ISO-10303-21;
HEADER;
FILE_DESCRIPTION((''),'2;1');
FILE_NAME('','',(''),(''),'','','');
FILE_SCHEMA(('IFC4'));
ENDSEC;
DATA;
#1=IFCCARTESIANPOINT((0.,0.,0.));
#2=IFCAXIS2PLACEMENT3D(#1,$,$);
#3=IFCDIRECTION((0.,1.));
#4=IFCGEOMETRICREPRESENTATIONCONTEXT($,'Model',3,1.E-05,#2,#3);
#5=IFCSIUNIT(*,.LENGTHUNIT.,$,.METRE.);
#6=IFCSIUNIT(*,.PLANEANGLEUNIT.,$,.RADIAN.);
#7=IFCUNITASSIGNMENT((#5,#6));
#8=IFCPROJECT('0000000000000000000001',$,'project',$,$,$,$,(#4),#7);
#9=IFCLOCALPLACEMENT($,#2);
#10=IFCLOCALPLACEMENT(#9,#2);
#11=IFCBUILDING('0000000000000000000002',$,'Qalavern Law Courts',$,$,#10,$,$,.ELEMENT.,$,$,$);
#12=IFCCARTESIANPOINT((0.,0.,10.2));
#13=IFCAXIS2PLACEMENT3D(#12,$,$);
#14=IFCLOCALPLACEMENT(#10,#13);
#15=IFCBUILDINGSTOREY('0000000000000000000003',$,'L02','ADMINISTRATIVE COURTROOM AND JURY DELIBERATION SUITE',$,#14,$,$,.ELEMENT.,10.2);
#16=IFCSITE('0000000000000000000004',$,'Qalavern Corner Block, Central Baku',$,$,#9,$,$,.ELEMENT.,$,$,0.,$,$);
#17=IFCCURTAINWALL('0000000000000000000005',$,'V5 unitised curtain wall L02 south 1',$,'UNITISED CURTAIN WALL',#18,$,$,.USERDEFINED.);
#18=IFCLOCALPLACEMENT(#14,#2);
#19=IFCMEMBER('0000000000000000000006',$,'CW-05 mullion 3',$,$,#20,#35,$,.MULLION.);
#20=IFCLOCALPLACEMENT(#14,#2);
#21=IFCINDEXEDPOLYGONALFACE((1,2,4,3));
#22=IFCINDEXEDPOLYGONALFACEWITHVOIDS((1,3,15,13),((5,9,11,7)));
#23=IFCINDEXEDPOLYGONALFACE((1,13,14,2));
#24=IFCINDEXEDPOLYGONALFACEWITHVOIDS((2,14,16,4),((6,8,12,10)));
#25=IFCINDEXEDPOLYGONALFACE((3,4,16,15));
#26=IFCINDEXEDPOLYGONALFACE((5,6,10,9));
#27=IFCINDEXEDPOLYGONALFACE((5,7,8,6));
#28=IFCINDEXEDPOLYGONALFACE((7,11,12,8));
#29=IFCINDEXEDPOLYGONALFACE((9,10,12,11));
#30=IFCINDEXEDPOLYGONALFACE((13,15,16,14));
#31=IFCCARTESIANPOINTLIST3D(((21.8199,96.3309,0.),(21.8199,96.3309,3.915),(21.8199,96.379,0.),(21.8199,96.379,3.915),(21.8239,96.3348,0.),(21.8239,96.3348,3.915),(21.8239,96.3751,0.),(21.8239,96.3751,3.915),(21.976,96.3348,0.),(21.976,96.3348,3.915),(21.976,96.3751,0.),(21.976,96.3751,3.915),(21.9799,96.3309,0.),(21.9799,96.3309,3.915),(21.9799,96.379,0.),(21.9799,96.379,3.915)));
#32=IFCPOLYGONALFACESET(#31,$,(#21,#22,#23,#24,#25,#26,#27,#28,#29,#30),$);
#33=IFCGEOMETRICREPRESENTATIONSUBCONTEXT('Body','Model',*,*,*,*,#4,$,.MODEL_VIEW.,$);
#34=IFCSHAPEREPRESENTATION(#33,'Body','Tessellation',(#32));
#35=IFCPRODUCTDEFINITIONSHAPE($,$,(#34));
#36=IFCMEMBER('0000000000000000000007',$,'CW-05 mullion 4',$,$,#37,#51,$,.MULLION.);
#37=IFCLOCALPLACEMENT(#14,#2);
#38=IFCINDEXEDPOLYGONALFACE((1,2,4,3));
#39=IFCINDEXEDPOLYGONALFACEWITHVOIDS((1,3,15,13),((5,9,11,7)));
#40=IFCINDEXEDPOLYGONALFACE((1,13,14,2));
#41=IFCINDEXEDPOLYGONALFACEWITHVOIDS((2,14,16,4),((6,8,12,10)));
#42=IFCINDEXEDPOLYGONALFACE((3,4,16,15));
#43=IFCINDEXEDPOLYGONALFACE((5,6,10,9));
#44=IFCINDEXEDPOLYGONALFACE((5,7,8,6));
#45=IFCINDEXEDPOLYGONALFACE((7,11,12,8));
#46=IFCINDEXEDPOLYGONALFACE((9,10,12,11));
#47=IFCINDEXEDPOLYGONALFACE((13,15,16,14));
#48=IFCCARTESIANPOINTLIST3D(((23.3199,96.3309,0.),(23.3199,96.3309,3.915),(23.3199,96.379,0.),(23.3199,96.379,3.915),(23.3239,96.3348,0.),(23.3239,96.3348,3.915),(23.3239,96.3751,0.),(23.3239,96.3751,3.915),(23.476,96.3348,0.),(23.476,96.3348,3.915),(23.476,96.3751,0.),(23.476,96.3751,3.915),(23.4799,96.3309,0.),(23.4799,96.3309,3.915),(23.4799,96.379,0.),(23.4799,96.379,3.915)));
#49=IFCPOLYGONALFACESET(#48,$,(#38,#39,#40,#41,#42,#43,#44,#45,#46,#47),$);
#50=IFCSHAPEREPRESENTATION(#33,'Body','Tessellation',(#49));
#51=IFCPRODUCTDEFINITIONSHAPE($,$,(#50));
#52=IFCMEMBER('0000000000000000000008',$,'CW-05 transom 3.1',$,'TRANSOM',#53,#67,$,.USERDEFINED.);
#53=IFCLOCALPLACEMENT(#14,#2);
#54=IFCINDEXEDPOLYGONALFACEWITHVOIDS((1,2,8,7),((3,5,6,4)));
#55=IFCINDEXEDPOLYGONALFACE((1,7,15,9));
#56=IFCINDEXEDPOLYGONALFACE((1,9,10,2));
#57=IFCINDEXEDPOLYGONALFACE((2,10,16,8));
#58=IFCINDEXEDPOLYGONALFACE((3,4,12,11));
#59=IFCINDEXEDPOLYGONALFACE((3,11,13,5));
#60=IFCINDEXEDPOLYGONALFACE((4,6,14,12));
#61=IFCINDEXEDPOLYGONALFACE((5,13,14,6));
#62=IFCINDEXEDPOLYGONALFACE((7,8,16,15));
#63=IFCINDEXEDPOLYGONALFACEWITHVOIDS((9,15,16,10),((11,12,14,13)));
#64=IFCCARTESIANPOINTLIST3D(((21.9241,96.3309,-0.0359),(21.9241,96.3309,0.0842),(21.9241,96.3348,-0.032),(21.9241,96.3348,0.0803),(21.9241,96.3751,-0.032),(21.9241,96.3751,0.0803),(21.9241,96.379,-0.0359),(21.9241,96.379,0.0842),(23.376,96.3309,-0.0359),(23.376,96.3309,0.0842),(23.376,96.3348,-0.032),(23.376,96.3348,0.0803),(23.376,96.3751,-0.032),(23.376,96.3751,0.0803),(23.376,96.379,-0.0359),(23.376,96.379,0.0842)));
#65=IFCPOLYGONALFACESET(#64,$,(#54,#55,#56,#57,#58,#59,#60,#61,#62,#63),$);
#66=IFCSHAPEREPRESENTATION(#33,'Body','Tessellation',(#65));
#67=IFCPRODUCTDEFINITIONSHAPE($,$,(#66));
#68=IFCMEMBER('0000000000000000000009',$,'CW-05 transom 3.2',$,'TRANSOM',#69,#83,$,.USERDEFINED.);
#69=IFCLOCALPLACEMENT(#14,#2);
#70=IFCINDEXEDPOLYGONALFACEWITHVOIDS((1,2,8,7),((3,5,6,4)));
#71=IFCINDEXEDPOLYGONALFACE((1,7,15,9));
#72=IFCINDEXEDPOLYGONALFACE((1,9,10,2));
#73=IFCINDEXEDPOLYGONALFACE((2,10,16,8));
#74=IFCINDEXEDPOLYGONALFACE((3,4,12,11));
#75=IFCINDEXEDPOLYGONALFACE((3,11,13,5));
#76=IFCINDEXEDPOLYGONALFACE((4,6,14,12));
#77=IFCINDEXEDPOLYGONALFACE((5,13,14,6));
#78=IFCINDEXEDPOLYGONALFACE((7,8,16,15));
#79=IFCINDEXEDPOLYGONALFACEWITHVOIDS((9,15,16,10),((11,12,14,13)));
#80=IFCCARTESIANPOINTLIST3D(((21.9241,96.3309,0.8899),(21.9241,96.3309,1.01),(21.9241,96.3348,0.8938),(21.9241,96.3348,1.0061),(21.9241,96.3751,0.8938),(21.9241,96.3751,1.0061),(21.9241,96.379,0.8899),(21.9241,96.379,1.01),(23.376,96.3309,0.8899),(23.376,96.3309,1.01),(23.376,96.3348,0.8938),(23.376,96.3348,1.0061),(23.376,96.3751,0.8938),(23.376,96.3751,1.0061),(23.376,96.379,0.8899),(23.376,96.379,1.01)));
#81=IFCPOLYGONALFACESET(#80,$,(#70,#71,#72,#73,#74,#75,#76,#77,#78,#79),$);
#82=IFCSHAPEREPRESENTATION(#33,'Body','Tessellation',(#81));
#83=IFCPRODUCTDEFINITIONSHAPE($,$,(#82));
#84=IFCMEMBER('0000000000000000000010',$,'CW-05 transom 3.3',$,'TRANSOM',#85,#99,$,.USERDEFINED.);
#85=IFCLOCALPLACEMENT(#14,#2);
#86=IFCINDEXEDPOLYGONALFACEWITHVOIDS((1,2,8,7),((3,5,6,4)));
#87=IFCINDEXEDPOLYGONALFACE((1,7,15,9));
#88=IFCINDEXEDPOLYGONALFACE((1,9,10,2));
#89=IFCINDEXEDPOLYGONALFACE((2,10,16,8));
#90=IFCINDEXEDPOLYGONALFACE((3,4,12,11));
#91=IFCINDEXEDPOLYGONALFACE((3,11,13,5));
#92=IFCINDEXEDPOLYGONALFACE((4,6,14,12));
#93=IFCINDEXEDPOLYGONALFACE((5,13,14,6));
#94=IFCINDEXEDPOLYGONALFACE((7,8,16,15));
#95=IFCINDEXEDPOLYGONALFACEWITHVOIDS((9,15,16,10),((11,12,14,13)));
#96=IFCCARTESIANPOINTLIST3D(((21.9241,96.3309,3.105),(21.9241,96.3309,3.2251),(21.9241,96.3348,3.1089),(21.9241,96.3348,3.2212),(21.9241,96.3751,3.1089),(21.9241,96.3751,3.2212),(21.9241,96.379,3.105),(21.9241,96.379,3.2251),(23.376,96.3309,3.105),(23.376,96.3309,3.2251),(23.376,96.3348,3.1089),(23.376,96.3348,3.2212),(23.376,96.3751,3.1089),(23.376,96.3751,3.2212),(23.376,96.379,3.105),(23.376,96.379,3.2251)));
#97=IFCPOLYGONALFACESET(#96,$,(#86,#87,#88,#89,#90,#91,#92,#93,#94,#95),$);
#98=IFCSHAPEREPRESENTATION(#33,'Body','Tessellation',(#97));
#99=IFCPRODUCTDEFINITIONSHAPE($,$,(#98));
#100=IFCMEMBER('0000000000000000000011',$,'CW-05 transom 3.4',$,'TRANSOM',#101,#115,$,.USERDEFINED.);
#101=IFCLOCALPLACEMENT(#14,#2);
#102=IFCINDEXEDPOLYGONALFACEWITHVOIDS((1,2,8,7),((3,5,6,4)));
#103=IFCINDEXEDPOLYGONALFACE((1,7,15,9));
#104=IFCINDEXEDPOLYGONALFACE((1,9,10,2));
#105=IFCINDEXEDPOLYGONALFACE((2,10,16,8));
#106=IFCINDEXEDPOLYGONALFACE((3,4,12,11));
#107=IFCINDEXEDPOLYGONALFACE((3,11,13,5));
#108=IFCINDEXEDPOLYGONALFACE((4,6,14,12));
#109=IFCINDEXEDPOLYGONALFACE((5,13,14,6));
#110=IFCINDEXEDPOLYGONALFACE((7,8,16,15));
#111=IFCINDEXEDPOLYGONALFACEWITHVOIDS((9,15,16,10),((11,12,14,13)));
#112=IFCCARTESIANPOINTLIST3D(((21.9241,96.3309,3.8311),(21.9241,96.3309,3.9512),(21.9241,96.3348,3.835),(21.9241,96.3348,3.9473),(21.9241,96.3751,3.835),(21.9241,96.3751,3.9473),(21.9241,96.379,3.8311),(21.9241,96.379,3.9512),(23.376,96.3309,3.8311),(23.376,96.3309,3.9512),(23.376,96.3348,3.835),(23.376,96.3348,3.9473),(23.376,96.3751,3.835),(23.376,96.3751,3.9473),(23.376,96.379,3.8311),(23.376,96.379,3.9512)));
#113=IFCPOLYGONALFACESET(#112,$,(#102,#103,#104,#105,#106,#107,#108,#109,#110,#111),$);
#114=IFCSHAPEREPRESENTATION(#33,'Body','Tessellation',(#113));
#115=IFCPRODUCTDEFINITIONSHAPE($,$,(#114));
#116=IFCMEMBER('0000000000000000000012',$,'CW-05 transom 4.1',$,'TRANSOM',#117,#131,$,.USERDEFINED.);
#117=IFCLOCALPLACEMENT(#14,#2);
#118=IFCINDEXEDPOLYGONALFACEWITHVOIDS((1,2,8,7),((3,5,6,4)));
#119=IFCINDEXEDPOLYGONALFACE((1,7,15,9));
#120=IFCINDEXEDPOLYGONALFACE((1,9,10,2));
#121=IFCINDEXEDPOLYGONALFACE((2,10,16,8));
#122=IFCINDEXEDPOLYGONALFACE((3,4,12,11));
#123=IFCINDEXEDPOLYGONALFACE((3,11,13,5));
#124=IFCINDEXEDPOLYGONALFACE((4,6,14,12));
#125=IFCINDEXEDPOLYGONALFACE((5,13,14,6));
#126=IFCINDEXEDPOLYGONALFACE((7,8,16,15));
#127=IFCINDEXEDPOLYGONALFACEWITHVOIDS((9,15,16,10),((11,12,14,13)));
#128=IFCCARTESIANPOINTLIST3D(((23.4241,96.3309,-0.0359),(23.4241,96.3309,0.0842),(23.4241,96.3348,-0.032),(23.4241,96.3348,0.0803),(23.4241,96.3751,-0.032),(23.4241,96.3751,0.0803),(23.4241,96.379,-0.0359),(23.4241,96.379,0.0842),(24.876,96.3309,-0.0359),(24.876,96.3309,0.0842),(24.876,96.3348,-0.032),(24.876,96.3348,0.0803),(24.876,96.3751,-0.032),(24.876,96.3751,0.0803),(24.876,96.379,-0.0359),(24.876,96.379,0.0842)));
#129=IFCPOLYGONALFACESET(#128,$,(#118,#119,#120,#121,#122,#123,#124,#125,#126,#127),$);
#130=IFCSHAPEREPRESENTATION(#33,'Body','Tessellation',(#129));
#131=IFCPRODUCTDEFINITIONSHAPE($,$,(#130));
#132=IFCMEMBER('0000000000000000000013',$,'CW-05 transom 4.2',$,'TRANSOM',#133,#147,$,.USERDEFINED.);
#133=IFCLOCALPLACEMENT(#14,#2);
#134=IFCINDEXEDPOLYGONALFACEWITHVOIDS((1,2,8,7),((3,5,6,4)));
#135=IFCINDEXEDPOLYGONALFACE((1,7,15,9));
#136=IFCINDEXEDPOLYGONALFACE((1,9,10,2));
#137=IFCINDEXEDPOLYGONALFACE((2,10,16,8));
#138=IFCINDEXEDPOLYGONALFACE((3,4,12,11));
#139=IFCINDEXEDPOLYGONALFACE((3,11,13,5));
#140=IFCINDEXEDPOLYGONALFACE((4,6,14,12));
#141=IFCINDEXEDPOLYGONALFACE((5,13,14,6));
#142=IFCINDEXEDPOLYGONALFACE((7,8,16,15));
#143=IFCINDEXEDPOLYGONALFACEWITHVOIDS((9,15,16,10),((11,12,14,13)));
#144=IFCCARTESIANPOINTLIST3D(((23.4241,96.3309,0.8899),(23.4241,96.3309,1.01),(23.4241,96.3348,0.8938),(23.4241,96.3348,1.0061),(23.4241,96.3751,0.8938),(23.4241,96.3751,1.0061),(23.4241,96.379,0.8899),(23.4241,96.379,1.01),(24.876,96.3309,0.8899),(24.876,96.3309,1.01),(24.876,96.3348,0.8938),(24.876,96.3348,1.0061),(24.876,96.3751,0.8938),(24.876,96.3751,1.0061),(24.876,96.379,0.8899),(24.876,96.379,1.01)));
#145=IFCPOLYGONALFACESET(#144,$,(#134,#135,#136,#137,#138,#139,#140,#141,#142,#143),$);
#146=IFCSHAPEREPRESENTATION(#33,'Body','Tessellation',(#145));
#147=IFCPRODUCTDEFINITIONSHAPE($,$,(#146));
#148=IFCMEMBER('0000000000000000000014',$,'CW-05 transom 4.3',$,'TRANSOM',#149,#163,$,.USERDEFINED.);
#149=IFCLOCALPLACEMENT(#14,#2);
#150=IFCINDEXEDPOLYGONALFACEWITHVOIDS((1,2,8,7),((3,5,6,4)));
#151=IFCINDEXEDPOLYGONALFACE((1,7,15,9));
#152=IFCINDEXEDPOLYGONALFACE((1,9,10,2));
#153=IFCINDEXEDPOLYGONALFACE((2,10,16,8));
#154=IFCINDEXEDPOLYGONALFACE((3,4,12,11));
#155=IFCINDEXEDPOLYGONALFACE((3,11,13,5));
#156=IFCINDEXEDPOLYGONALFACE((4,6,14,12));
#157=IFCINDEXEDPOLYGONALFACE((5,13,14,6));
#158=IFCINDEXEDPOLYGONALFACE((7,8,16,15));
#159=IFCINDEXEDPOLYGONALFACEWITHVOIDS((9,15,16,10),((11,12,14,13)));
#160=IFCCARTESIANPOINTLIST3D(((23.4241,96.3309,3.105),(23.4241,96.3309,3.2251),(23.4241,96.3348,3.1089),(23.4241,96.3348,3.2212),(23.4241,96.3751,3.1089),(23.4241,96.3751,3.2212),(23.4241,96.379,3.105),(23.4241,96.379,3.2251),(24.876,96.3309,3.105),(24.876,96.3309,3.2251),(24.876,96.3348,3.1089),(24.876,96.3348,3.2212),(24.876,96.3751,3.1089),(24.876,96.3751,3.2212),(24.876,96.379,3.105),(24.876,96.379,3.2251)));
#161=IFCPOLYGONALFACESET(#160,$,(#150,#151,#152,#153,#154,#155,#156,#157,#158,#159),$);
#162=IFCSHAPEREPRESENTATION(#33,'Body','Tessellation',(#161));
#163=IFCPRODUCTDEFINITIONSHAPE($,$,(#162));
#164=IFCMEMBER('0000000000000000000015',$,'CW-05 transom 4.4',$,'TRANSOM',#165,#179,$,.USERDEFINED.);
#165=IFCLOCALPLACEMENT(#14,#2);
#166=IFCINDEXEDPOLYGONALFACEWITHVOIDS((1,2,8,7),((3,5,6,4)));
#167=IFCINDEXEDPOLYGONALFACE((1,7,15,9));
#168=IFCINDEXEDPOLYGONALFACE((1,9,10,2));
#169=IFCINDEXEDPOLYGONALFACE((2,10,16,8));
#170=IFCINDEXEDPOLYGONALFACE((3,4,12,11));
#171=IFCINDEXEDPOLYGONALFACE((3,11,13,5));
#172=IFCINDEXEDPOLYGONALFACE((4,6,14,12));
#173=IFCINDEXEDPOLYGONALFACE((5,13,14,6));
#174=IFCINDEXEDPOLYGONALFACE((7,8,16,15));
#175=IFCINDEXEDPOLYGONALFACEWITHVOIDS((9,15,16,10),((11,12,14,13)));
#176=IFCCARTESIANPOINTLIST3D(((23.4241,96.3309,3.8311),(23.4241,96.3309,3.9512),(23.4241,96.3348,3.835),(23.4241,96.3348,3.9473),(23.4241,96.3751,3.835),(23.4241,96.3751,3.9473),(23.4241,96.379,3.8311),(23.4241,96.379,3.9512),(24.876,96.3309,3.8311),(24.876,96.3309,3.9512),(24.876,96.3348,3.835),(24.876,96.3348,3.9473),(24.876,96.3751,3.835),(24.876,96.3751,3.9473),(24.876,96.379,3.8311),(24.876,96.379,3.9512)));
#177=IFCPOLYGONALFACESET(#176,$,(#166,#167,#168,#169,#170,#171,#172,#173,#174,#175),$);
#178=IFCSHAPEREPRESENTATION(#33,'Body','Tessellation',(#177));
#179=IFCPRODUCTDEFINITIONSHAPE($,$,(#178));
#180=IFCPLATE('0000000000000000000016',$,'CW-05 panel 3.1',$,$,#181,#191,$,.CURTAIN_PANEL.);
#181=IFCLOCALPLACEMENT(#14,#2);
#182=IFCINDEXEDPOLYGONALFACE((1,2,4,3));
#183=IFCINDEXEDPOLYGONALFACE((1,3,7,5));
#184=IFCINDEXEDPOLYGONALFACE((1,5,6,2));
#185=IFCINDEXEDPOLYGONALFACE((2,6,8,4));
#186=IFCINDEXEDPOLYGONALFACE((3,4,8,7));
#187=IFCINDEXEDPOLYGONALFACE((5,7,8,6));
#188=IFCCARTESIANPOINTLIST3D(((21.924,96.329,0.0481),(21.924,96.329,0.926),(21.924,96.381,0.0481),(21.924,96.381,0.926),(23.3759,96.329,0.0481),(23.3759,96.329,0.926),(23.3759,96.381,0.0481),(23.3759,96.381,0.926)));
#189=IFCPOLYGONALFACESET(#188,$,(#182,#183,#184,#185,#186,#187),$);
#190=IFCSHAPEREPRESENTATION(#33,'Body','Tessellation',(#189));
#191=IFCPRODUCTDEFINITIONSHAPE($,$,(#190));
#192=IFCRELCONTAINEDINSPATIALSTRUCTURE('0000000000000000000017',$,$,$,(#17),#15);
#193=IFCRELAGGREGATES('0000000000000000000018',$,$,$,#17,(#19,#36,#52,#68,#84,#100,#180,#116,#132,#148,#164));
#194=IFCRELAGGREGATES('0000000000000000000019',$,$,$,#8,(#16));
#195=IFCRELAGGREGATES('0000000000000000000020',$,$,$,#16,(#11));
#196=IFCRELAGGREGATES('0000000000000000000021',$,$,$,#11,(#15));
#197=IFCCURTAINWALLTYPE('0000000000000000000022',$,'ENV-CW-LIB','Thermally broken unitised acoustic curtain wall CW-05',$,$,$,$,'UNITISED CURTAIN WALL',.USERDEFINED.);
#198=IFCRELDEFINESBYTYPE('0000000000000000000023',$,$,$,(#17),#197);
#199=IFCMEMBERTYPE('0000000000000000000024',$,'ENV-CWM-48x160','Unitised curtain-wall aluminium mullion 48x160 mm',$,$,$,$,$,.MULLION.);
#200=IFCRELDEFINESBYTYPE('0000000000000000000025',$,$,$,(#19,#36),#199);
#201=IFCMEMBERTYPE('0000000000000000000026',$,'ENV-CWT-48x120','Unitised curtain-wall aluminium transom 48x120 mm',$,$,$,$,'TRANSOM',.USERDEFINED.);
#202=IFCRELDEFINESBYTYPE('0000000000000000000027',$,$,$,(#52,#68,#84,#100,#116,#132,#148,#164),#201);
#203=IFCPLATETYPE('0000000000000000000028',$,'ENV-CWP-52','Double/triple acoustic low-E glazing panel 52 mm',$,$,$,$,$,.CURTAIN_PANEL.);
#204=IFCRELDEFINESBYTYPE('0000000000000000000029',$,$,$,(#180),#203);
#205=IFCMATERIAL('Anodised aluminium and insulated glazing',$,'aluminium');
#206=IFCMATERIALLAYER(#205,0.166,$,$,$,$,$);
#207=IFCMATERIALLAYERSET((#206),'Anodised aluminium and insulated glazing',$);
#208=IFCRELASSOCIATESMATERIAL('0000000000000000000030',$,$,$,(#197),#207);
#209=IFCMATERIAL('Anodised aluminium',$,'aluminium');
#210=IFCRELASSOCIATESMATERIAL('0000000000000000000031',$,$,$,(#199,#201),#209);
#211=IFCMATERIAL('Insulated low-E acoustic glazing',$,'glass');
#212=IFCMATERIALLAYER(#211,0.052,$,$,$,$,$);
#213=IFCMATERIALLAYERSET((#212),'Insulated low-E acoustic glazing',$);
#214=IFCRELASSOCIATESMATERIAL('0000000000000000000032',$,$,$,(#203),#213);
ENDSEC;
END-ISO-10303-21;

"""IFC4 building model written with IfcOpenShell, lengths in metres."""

from ifc_helpers import new_model, si_unit, direction, frame, origin, origin_2d, place, context, subcontext, project, spatial, rectangle, hollow_rectangle, extrude, material, layer, layer_set, material_profile, profile_set, type_object, element, aggregate, save


model = new_model("IFC4")

# Units and contexts
model_context = context("Model", 3, precision=1e-05, world=origin(), true_north=direction((0.0, 1.0)))
body_context = subcontext(model_context, "Body", "Model", "MODEL_VIEW")
ifc_project = project(units=[si_unit("LENGTHUNIT", "METRE"), si_unit("PLANEANGLEUNIT", "RADIAN")], contexts=[model_context])

# Site, building, storey
site_placement = place(None, origin())
site = spatial("IfcSite", under=ifc_project, at=site_placement, Name="Qalavern Corner Block, Central Baku", CompositionType="ELEMENT", RefElevation=0.0)
building_placement = place(site_placement, origin())
building = spatial("IfcBuilding", under=site, at=building_placement, Name="Qalavern Law Courts", CompositionType="ELEMENT")
storey_placement = place(building_placement, frame((0.0, 0.0, 10.2)))
storey = spatial("IfcBuildingStorey", under=building, at=storey_placement, Name="L02", Description="ADMINISTRATIVE COURTROOM AND JURY DELIBERATION SUITE", CompositionType="ELEMENT", Elevation=10.2)

# Curtain wall, members, plate
ifc_material_1 = material(Name="Anodised aluminium and insulated glazing", Category="aluminium")
ifc_layer_1 = layer(ifc_material_1, 0.166)
ifc_layer_set_1 = layer_set([ifc_layer_1], Name="Anodised aluminium and insulated glazing")
curtain_wall_type = type_object("IfcCurtainWallType", Name="ENV-CW-LIB", Description="Thermally broken unitised acoustic curtain wall CW-05", ElementType="UNITISED CURTAIN WALL", PredefinedType="USERDEFINED", material=ifc_layer_set_1)
curtain_wall_placement = place(storey_placement, origin())
curtain_wall = element("IfcCurtainWall", 1, at=curtain_wall_placement, inside=storey, type_object=curtain_wall_type, Name="V5 unitised curtain wall L02 south 1", ObjectType="UNITISED CURTAIN WALL", PredefinedType="USERDEFINED")
ifc_material_2 = material(Name="Anodised aluminium", Category="aluminium")
ifc_material_profile_1 = material_profile(ifc_material_2, hollow_rectangle(XDim=0.0481, YDim=0.1599, WallThickness=0.0039, at=origin_2d()), Name="ALU MULLION 48x160")
ifc_profile_set_1 = profile_set([ifc_material_profile_1], Name="Anodised aluminium")
member_type_1 = type_object("IfcMemberType", Name="ENV-CWM-48x160", Description="Unitised curtain-wall aluminium mullion 48x160 mm", PredefinedType="MULLION", material=ifc_profile_set_1)
member_1_placement = place(storey_placement, frame((21.8999, 96.355, 0.0), z_axis=(0.0, 0.0, 1.0), x_axis=(0.0, 1.0, 0.0)))
member_1 = element("IfcMember", 2, at=member_1_placement, type_object=member_type_1, Name="CW-05 mullion 3", PredefinedType="MULLION", context=body_context, shape_type="SweptSolid", body=[
    extrude(hollow_rectangle(XDim=0.0481, YDim=0.1599, WallThickness=0.0039, at=origin_2d()), origin(), (0.0, 0.0, 1.0), 3.915),
])
member_2_placement = place(storey_placement, frame((23.3999, 96.355, 0.0), z_axis=(0.0, 0.0, 1.0), x_axis=(0.0, 1.0, 0.0)))
member_2 = element("IfcMember", 3, at=member_2_placement, type_object=member_type_1, Name="CW-05 mullion 4", PredefinedType="MULLION", context=body_context, shape_type="SweptSolid", body=[
    extrude(hollow_rectangle(XDim=0.0481, YDim=0.1599, WallThickness=0.0039, at=origin_2d()), origin(), (0.0, 0.0, 1.0), 3.915),
])
ifc_material_profile_2 = material_profile(ifc_material_2, hollow_rectangle(XDim=0.0481, YDim=0.1201, WallThickness=0.0039, at=origin_2d()), Name="ALU TRANSOM 48x120")
ifc_profile_set_2 = profile_set([ifc_material_profile_2], Name="Anodised aluminium")
member_type_2 = type_object("IfcMemberType", Name="ENV-CWT-48x120", Description="Unitised curtain-wall aluminium transom 48x120 mm", ElementType="TRANSOM", PredefinedType="USERDEFINED", material=ifc_profile_set_2)
member_3_placement = place(storey_placement, frame((21.9241, 96.355, 0.0242), z_axis=(1.0, 0.0, 0.0), x_axis=(0.0, 1.0, 0.0)))
member_3 = element("IfcMember", 4, at=member_3_placement, type_object=member_type_2, Name="CW-05 transom 3.1", ObjectType="TRANSOM", PredefinedType="USERDEFINED", context=body_context, shape_type="SweptSolid", body=[
    extrude(hollow_rectangle(XDim=0.0481, YDim=0.1201, WallThickness=0.0039, at=origin_2d()), origin(), (0.0, 0.0, 1.0), 1.4519),
])
member_4_placement = place(storey_placement, frame((21.9241, 96.355, 0.95), z_axis=(1.0, 0.0, 0.0), x_axis=(0.0, 1.0, 0.0)))
member_4 = element("IfcMember", 5, at=member_4_placement, type_object=member_type_2, Name="CW-05 transom 3.2", ObjectType="TRANSOM", PredefinedType="USERDEFINED", context=body_context, shape_type="SweptSolid", body=[
    extrude(hollow_rectangle(XDim=0.0481, YDim=0.1201, WallThickness=0.0039, at=origin_2d()), origin(), (0.0, 0.0, 1.0), 1.4519),
])
member_5_placement = place(storey_placement, frame((21.9241, 96.355, 3.165), z_axis=(1.0, 0.0, 0.0), x_axis=(0.0, 1.0, 0.0)))
member_5 = element("IfcMember", 6, at=member_5_placement, type_object=member_type_2, Name="CW-05 transom 3.3", ObjectType="TRANSOM", PredefinedType="USERDEFINED", context=body_context, shape_type="SweptSolid", body=[
    extrude(hollow_rectangle(XDim=0.0481, YDim=0.1201, WallThickness=0.0039, at=origin_2d()), origin(), (0.0, 0.0, 1.0), 1.4519),
])
member_6_placement = place(storey_placement, frame((21.9241, 96.355, 3.8911), z_axis=(1.0, 0.0, 0.0), x_axis=(0.0, 1.0, 0.0)))
member_6 = element("IfcMember", 7, at=member_6_placement, type_object=member_type_2, Name="CW-05 transom 3.4", ObjectType="TRANSOM", PredefinedType="USERDEFINED", context=body_context, shape_type="SweptSolid", body=[
    extrude(hollow_rectangle(XDim=0.0481, YDim=0.1201, WallThickness=0.0039, at=origin_2d()), origin(), (0.0, 0.0, 1.0), 1.4519),
])
member_7_placement = place(storey_placement, frame((23.4241, 96.355, 0.0242), z_axis=(1.0, 0.0, 0.0), x_axis=(0.0, 1.0, 0.0)))
member_7 = element("IfcMember", 8, at=member_7_placement, type_object=member_type_2, Name="CW-05 transom 4.1", ObjectType="TRANSOM", PredefinedType="USERDEFINED", context=body_context, shape_type="SweptSolid", body=[
    extrude(hollow_rectangle(XDim=0.0481, YDim=0.1201, WallThickness=0.0039, at=origin_2d()), origin(), (0.0, 0.0, 1.0), 1.4519),
])
member_8_placement = place(storey_placement, frame((23.4241, 96.355, 0.95), z_axis=(1.0, 0.0, 0.0), x_axis=(0.0, 1.0, 0.0)))
member_8 = element("IfcMember", 9, at=member_8_placement, type_object=member_type_2, Name="CW-05 transom 4.2", ObjectType="TRANSOM", PredefinedType="USERDEFINED", context=body_context, shape_type="SweptSolid", body=[
    extrude(hollow_rectangle(XDim=0.0481, YDim=0.1201, WallThickness=0.0039, at=origin_2d()), origin(), (0.0, 0.0, 1.0), 1.4519),
])
member_9_placement = place(storey_placement, frame((23.4241, 96.355, 3.165), z_axis=(1.0, 0.0, 0.0), x_axis=(0.0, 1.0, 0.0)))
member_9 = element("IfcMember", 10, at=member_9_placement, type_object=member_type_2, Name="CW-05 transom 4.3", ObjectType="TRANSOM", PredefinedType="USERDEFINED", context=body_context, shape_type="SweptSolid", body=[
    extrude(hollow_rectangle(XDim=0.0481, YDim=0.1201, WallThickness=0.0039, at=origin_2d()), origin(), (0.0, 0.0, 1.0), 1.4519),
])
member_10_placement = place(storey_placement, frame((23.4241, 96.355, 3.8911), z_axis=(1.0, 0.0, 0.0), x_axis=(0.0, 1.0, 0.0)))
member_10 = element("IfcMember", 11, at=member_10_placement, type_object=member_type_2, Name="CW-05 transom 4.4", ObjectType="TRANSOM", PredefinedType="USERDEFINED", context=body_context, shape_type="SweptSolid", body=[
    extrude(hollow_rectangle(XDim=0.0481, YDim=0.1201, WallThickness=0.0039, at=origin_2d()), origin(), (0.0, 0.0, 1.0), 1.4519),
])
ifc_material_3 = material(Name="Insulated low-E acoustic glazing", Category="glass")
ifc_layer_2 = layer(ifc_material_3, 0.052)
ifc_layer_set_2 = layer_set([ifc_layer_2], Name="Insulated low-E acoustic glazing")
plate_type = type_object("IfcPlateType", Name="ENV-CWP-52", Description="Double/triple acoustic low-E glazing panel 52 mm", PredefinedType="CURTAIN_PANEL", material=ifc_layer_set_2)
plate_1_placement = place(storey_placement, frame((22.6499, 96.355, 0.0481), z_axis=(0.0, 0.0, 1.0), x_axis=(1.0, 0.0, 0.0)))
plate_1 = element("IfcPlate", 12, at=plate_1_placement, type_object=plate_type, Name="CW-05 panel 3.1", PredefinedType="CURTAIN_PANEL", context=body_context, shape_type="SweptSolid", body=[
    extrude(rectangle(XDim=1.4519, YDim=0.052, at=origin_2d()), origin(), (0.0, 0.0, 1.0), 0.8779),
])
aggregate(curtain_wall, [member_1, member_2, member_3, member_4, member_5, member_6, plate_1, member_7, member_8, member_9, member_10])

save(model, "model.ifc")
